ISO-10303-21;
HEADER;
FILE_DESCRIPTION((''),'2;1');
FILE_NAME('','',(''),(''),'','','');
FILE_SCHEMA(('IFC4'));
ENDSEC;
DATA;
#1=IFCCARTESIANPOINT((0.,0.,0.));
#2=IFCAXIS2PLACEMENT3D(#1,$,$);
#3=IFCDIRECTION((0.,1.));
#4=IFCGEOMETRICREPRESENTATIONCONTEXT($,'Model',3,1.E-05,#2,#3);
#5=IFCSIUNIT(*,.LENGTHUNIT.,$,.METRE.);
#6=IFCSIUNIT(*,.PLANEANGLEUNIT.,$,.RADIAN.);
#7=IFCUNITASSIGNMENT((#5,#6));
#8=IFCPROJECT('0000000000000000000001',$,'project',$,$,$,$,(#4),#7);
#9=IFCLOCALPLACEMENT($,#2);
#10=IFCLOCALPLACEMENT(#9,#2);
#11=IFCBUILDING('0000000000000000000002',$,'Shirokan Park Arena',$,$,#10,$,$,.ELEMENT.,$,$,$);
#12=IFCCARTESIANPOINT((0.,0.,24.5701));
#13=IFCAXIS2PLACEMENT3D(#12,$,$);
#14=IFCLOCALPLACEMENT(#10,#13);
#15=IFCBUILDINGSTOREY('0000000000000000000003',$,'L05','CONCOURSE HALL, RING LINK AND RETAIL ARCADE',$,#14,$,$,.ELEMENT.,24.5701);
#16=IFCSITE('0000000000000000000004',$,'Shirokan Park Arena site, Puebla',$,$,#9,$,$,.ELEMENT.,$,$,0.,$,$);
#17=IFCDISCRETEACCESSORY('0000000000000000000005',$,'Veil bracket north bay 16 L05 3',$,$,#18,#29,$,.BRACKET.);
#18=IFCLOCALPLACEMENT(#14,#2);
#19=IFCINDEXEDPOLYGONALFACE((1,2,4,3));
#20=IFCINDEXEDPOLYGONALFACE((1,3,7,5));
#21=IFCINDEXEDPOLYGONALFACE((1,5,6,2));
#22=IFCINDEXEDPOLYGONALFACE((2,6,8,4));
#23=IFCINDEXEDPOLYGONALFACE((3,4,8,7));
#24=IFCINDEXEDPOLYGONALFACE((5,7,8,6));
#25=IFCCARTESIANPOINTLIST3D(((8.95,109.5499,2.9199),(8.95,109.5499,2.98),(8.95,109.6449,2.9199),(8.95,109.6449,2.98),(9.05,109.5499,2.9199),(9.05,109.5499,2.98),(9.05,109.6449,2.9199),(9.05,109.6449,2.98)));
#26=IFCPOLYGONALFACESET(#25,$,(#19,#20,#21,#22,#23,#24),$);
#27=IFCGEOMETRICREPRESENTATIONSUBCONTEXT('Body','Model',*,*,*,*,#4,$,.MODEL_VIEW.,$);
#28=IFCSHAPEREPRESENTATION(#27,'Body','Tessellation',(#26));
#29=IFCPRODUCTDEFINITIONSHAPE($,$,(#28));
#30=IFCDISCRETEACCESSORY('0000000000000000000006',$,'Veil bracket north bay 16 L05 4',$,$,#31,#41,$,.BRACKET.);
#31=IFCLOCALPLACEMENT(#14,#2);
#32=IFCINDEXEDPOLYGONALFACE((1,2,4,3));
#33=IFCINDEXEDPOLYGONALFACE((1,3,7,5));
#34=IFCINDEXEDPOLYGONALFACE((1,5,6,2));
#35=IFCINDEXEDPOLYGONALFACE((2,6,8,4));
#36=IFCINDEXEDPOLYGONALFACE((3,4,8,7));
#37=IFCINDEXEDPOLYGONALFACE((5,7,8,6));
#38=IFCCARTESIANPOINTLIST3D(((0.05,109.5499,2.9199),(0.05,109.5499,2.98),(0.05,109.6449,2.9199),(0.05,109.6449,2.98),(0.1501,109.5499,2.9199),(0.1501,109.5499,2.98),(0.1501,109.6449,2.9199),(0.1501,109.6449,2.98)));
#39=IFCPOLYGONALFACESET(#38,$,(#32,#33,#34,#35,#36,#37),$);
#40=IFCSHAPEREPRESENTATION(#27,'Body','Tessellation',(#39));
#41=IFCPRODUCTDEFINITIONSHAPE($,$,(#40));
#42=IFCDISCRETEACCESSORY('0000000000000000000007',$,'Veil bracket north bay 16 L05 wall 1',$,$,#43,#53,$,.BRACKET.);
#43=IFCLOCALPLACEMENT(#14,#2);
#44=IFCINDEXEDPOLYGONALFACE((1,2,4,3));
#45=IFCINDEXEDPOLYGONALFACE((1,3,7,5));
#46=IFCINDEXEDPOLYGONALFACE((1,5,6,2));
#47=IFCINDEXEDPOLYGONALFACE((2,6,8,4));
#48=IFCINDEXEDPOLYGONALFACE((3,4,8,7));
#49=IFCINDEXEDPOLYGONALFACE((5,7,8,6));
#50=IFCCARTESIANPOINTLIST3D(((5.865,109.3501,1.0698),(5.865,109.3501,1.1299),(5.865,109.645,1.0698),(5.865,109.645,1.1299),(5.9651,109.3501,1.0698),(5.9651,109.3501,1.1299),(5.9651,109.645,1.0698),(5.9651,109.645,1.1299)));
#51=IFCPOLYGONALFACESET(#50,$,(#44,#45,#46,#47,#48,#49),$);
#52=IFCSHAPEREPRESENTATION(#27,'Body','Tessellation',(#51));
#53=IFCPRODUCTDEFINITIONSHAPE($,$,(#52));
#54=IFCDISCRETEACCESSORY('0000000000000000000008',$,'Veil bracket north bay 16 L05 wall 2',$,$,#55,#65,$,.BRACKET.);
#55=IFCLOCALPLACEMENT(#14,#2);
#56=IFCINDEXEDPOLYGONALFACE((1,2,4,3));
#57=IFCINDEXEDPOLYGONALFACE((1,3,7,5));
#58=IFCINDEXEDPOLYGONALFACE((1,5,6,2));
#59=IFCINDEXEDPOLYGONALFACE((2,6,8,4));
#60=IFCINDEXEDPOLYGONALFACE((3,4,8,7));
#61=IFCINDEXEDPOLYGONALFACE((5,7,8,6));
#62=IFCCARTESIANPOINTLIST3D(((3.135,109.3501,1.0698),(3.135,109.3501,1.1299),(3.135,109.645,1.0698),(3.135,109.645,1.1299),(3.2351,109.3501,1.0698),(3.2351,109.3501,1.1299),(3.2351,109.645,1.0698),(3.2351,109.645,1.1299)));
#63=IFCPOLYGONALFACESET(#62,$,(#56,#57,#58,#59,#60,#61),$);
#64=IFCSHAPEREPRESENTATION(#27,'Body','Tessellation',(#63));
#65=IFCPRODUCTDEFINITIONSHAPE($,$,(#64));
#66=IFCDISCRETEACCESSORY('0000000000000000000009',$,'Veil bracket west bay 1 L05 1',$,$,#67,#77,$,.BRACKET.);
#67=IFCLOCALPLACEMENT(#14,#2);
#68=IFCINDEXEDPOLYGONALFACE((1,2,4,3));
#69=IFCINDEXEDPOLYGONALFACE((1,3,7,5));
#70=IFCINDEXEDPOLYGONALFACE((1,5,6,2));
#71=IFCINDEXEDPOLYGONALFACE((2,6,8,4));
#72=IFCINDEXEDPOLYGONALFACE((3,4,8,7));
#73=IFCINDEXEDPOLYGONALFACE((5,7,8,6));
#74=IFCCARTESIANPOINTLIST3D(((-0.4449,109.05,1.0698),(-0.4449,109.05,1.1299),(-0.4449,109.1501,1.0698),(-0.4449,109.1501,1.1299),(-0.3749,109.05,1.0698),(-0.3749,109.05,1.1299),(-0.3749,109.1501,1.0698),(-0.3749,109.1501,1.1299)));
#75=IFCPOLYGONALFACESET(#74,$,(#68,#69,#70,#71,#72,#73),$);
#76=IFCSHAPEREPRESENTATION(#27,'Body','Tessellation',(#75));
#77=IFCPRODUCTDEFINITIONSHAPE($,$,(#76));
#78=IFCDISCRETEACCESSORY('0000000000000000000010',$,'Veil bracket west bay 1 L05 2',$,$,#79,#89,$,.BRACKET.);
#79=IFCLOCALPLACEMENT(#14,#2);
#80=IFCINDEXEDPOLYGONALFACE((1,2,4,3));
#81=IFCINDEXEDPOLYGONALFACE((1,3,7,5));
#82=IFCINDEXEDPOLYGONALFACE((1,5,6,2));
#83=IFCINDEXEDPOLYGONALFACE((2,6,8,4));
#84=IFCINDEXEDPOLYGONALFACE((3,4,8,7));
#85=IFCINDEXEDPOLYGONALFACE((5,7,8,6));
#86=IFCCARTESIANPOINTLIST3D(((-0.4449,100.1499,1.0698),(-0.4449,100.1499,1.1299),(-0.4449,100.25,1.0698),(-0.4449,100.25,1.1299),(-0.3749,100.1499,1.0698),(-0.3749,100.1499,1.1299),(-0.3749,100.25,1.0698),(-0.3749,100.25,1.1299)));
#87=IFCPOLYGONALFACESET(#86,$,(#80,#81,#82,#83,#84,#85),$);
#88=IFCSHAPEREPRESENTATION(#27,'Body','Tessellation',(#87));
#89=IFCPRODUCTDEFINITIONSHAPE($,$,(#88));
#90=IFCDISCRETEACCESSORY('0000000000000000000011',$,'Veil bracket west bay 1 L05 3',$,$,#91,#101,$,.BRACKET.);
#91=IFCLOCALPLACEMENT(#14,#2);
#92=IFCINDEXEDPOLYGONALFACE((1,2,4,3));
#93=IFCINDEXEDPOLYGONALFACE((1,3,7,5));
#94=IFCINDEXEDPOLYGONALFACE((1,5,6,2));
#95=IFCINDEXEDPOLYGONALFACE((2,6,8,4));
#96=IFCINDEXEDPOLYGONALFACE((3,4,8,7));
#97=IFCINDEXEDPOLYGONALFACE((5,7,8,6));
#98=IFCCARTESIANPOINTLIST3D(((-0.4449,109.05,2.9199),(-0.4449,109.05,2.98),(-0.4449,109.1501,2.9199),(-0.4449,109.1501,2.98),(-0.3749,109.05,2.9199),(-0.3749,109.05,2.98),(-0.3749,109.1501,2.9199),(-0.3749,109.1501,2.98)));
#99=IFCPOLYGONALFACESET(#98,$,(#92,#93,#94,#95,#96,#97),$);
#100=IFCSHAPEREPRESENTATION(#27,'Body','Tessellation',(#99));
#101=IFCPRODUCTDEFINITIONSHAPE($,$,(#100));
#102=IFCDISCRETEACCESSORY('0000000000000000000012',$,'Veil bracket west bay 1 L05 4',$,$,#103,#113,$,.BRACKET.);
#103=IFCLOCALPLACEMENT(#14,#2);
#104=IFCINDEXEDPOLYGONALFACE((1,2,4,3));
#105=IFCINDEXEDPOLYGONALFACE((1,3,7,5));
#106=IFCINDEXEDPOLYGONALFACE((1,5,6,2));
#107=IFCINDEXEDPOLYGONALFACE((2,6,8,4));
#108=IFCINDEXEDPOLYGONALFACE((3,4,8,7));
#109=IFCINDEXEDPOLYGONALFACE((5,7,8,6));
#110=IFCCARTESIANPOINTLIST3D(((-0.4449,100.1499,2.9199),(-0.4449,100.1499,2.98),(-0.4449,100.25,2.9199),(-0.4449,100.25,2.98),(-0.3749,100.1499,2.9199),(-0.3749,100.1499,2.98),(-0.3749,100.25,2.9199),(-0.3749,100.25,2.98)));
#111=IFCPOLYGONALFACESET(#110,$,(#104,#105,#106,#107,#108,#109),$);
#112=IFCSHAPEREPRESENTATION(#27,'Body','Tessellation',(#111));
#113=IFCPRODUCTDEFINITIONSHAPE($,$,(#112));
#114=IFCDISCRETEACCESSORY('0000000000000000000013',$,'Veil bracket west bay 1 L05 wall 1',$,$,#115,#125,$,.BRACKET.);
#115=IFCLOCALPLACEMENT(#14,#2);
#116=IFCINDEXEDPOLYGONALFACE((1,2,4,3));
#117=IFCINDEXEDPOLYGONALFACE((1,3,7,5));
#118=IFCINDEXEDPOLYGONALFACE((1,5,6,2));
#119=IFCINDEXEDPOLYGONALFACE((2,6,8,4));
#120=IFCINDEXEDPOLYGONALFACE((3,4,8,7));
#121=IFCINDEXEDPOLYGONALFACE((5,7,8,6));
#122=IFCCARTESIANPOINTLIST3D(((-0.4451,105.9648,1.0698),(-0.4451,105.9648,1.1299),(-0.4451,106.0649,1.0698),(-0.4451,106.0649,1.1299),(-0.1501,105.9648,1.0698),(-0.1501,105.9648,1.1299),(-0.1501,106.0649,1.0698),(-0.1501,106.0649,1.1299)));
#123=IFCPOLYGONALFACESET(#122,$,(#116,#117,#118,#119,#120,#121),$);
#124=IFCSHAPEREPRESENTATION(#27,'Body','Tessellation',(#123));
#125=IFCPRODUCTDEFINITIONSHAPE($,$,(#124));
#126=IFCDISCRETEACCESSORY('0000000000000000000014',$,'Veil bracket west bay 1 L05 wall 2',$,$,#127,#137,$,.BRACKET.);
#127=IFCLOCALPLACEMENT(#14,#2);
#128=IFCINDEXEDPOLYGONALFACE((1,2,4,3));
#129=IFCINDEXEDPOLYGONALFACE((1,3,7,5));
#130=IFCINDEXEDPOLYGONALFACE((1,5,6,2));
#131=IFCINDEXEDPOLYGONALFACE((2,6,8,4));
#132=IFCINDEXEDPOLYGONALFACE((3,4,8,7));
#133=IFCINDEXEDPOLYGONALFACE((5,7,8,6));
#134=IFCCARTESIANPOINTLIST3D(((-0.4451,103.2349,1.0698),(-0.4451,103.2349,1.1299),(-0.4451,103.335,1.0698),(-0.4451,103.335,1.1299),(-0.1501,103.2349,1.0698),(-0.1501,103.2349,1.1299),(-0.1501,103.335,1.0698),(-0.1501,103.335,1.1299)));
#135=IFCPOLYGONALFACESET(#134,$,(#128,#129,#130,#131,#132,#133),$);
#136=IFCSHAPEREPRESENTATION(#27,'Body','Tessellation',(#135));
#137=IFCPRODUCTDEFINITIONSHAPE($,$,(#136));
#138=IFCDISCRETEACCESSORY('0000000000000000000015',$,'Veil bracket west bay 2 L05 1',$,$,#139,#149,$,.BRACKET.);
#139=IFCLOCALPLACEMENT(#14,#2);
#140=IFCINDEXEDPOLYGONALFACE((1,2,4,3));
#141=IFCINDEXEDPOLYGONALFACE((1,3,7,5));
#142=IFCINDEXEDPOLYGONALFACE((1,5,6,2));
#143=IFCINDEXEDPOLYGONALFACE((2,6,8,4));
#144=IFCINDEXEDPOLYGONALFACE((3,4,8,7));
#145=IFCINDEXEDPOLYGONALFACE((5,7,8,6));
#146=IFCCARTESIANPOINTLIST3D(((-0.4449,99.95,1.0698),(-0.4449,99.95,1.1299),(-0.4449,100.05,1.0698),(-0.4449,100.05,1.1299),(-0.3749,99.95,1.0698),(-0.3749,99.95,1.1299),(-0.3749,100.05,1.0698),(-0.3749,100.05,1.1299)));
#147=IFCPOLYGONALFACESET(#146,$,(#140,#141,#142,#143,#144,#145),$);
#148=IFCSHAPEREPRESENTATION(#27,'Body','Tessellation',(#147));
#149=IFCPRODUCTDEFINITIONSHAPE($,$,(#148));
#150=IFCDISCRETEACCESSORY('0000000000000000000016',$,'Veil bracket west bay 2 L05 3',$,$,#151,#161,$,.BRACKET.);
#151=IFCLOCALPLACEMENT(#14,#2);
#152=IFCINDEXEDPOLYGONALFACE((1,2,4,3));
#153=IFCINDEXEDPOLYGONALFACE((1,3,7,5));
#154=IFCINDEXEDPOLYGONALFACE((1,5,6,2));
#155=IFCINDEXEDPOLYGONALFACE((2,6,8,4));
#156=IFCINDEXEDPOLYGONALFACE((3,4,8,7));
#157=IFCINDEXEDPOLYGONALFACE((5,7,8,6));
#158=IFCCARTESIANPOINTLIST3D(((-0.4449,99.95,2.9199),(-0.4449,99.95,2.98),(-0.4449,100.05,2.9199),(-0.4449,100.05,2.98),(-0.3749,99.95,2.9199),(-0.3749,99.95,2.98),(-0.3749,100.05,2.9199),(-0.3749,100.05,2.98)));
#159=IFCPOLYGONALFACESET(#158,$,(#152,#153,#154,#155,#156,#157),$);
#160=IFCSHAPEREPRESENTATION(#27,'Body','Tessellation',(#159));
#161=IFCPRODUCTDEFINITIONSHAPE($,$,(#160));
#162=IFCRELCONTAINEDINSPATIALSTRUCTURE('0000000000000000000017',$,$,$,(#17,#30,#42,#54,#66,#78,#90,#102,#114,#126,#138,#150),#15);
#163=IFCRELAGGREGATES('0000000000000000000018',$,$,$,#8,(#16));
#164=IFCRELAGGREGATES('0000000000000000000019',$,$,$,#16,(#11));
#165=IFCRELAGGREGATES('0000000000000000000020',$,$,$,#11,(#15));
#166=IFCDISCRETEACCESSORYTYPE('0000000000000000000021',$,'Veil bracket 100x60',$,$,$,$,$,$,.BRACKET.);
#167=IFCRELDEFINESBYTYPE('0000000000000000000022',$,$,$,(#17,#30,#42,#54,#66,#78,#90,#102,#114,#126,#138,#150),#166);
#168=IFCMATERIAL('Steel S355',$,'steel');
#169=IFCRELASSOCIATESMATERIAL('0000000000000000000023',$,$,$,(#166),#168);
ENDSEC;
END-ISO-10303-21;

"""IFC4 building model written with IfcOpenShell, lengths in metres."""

from ifc_helpers import new_model, si_unit, direction, frame, origin, origin_2d, place, context, subcontext, project, spatial, rectangle, extrude, material, type_object, element, save


model = new_model("IFC4")

# Units and contexts
model_context = context("Model", 3, precision=1e-05, world=origin(), true_north=direction((0.0, 1.0)))
body_context = subcontext(model_context, "Body", "Model", "MODEL_VIEW")
ifc_project = project(units=[si_unit("LENGTHUNIT", "METRE"), si_unit("PLANEANGLEUNIT", "RADIAN")], contexts=[model_context])

# Site, building, storey
site_placement = place(None, origin())
site = spatial("IfcSite", under=ifc_project, at=site_placement, Name="Shirokan Park Arena site, Puebla", CompositionType="ELEMENT", RefElevation=0.0)
building_placement = place(site_placement, origin())
building = spatial("IfcBuilding", under=site, at=building_placement, Name="Shirokan Park Arena", CompositionType="ELEMENT")
storey_placement = place(building_placement, frame((0.0, 0.0, 24.5701)))
storey = spatial("IfcBuildingStorey", under=building, at=storey_placement, Name="L05", Description="CONCOURSE HALL, RING LINK AND RETAIL ARCADE", CompositionType="ELEMENT", Elevation=24.5701)

# Discrete accessories
ifc_material_1 = material(Name="Steel S355", Category="steel")
discrete_accessory_type = type_object("IfcDiscreteAccessoryType", Name="Veil bracket 100x60", PredefinedType="BRACKET", material=ifc_material_1)
for number, where, z_axis, x_axis, name in (
    (1, (9.0, 109.5974, 2.9199), (0.0, 0.0, 1.0), (-1.0, 0.0, 0.0), "Veil bracket north bay 16 L05 3"),
    (2, (0.1001, 109.5974, 2.9199), (0.0, 0.0, 1.0), (-1.0, 0.0, 0.0), "Veil bracket north bay 16 L05 4"),
):
    element("IfcDiscreteAccessory", number, at=place(storey_placement, frame(where, z_axis=z_axis, x_axis=x_axis)), inside=storey, type_object=discrete_accessory_type, Name=name, PredefinedType="BRACKET", context=body_context, shape_type="SweptSolid", body=[
        extrude(rectangle(XDim=0.1001, YDim=0.095, at=origin_2d()), origin(), (0.0, 0.0, 1.0), 0.0601),
    ])
for number, where, z_axis, x_axis, name in (
    (3, (5.915, 109.4976, 1.0698), (0.0, 0.0, 1.0), (-1.0, 0.0, 0.0), "Veil bracket north bay 16 L05 wall 1"),
    (4, (3.1851, 109.4976, 1.0698), (0.0, 0.0, 1.0), (-1.0, 0.0, 0.0), "Veil bracket north bay 16 L05 wall 2"),
):
    element("IfcDiscreteAccessory", number, at=place(storey_placement, frame(where, z_axis=z_axis, x_axis=x_axis)), inside=storey, type_object=discrete_accessory_type, Name=name, PredefinedType="BRACKET", context=body_context, shape_type="SweptSolid", body=[
        extrude(rectangle(XDim=0.1001, YDim=0.2949, at=origin_2d()), origin(), (0.0, 0.0, 1.0), 0.0601),
    ])
for number, where, z_axis, x_axis, name in (
    (5, (-0.4099, 109.1001, 1.0698), (0.0, 0.0, 1.0), (0.0, -1.0, 0.0), "Veil bracket west bay 1 L05 1"),
    (6, (-0.4099, 100.2, 1.0698), (0.0, 0.0, 1.0), (0.0, -1.0, 0.0), "Veil bracket west bay 1 L05 2"),
    (7, (-0.4099, 109.1001, 2.9199), (0.0, 0.0, 1.0), (0.0, -1.0, 0.0), "Veil bracket west bay 1 L05 3"),
    (8, (-0.4099, 100.2, 2.9199), (0.0, 0.0, 1.0), (0.0, -1.0, 0.0), "Veil bracket west bay 1 L05 4"),
):
    element("IfcDiscreteAccessory", number, at=place(storey_placement, frame(where, z_axis=z_axis, x_axis=x_axis)), inside=storey, type_object=discrete_accessory_type, Name=name, PredefinedType="BRACKET", context=body_context, shape_type="SweptSolid", body=[
        extrude(rectangle(XDim=0.1001, YDim=0.0701, at=origin_2d()), origin(), (0.0, 0.0, 1.0), 0.0601),
    ])
for number, where, z_axis, x_axis, name in (
    (9, (-0.2976, 106.0149, 1.0698), (0.0, 0.0, 1.0), (0.0, -1.0, 0.0), "Veil bracket west bay 1 L05 wall 1"),
    (10, (-0.2976, 103.2849, 1.0698), (0.0, 0.0, 1.0), (0.0, -1.0, 0.0), "Veil bracket west bay 1 L05 wall 2"),
):
    element("IfcDiscreteAccessory", number, at=place(storey_placement, frame(where, z_axis=z_axis, x_axis=x_axis)), inside=storey, type_object=discrete_accessory_type, Name=name, PredefinedType="BRACKET", context=body_context, shape_type="SweptSolid", body=[
        extrude(rectangle(XDim=0.1001, YDim=0.2949, at=origin_2d()), origin(), (0.0, 0.0, 1.0), 0.0601),
    ])
for number, where, z_axis, x_axis, name in (
    (11, (-0.4099, 100.0, 1.0698), (0.0, 0.0, 1.0), (0.0, -1.0, 0.0), "Veil bracket west bay 2 L05 1"),
    (12, (-0.4099, 100.0, 2.9199), (0.0, 0.0, 1.0), (0.0, -1.0, 0.0), "Veil bracket west bay 2 L05 3"),
):
    element("IfcDiscreteAccessory", number, at=place(storey_placement, frame(where, z_axis=z_axis, x_axis=x_axis)), inside=storey, type_object=discrete_accessory_type, Name=name, PredefinedType="BRACKET", context=body_context, shape_type="SweptSolid", body=[
        extrude(rectangle(XDim=0.1001, YDim=0.0701, at=origin_2d()), origin(), (0.0, 0.0, 1.0), 0.0601),
    ])

save(model, "model.ifc")
